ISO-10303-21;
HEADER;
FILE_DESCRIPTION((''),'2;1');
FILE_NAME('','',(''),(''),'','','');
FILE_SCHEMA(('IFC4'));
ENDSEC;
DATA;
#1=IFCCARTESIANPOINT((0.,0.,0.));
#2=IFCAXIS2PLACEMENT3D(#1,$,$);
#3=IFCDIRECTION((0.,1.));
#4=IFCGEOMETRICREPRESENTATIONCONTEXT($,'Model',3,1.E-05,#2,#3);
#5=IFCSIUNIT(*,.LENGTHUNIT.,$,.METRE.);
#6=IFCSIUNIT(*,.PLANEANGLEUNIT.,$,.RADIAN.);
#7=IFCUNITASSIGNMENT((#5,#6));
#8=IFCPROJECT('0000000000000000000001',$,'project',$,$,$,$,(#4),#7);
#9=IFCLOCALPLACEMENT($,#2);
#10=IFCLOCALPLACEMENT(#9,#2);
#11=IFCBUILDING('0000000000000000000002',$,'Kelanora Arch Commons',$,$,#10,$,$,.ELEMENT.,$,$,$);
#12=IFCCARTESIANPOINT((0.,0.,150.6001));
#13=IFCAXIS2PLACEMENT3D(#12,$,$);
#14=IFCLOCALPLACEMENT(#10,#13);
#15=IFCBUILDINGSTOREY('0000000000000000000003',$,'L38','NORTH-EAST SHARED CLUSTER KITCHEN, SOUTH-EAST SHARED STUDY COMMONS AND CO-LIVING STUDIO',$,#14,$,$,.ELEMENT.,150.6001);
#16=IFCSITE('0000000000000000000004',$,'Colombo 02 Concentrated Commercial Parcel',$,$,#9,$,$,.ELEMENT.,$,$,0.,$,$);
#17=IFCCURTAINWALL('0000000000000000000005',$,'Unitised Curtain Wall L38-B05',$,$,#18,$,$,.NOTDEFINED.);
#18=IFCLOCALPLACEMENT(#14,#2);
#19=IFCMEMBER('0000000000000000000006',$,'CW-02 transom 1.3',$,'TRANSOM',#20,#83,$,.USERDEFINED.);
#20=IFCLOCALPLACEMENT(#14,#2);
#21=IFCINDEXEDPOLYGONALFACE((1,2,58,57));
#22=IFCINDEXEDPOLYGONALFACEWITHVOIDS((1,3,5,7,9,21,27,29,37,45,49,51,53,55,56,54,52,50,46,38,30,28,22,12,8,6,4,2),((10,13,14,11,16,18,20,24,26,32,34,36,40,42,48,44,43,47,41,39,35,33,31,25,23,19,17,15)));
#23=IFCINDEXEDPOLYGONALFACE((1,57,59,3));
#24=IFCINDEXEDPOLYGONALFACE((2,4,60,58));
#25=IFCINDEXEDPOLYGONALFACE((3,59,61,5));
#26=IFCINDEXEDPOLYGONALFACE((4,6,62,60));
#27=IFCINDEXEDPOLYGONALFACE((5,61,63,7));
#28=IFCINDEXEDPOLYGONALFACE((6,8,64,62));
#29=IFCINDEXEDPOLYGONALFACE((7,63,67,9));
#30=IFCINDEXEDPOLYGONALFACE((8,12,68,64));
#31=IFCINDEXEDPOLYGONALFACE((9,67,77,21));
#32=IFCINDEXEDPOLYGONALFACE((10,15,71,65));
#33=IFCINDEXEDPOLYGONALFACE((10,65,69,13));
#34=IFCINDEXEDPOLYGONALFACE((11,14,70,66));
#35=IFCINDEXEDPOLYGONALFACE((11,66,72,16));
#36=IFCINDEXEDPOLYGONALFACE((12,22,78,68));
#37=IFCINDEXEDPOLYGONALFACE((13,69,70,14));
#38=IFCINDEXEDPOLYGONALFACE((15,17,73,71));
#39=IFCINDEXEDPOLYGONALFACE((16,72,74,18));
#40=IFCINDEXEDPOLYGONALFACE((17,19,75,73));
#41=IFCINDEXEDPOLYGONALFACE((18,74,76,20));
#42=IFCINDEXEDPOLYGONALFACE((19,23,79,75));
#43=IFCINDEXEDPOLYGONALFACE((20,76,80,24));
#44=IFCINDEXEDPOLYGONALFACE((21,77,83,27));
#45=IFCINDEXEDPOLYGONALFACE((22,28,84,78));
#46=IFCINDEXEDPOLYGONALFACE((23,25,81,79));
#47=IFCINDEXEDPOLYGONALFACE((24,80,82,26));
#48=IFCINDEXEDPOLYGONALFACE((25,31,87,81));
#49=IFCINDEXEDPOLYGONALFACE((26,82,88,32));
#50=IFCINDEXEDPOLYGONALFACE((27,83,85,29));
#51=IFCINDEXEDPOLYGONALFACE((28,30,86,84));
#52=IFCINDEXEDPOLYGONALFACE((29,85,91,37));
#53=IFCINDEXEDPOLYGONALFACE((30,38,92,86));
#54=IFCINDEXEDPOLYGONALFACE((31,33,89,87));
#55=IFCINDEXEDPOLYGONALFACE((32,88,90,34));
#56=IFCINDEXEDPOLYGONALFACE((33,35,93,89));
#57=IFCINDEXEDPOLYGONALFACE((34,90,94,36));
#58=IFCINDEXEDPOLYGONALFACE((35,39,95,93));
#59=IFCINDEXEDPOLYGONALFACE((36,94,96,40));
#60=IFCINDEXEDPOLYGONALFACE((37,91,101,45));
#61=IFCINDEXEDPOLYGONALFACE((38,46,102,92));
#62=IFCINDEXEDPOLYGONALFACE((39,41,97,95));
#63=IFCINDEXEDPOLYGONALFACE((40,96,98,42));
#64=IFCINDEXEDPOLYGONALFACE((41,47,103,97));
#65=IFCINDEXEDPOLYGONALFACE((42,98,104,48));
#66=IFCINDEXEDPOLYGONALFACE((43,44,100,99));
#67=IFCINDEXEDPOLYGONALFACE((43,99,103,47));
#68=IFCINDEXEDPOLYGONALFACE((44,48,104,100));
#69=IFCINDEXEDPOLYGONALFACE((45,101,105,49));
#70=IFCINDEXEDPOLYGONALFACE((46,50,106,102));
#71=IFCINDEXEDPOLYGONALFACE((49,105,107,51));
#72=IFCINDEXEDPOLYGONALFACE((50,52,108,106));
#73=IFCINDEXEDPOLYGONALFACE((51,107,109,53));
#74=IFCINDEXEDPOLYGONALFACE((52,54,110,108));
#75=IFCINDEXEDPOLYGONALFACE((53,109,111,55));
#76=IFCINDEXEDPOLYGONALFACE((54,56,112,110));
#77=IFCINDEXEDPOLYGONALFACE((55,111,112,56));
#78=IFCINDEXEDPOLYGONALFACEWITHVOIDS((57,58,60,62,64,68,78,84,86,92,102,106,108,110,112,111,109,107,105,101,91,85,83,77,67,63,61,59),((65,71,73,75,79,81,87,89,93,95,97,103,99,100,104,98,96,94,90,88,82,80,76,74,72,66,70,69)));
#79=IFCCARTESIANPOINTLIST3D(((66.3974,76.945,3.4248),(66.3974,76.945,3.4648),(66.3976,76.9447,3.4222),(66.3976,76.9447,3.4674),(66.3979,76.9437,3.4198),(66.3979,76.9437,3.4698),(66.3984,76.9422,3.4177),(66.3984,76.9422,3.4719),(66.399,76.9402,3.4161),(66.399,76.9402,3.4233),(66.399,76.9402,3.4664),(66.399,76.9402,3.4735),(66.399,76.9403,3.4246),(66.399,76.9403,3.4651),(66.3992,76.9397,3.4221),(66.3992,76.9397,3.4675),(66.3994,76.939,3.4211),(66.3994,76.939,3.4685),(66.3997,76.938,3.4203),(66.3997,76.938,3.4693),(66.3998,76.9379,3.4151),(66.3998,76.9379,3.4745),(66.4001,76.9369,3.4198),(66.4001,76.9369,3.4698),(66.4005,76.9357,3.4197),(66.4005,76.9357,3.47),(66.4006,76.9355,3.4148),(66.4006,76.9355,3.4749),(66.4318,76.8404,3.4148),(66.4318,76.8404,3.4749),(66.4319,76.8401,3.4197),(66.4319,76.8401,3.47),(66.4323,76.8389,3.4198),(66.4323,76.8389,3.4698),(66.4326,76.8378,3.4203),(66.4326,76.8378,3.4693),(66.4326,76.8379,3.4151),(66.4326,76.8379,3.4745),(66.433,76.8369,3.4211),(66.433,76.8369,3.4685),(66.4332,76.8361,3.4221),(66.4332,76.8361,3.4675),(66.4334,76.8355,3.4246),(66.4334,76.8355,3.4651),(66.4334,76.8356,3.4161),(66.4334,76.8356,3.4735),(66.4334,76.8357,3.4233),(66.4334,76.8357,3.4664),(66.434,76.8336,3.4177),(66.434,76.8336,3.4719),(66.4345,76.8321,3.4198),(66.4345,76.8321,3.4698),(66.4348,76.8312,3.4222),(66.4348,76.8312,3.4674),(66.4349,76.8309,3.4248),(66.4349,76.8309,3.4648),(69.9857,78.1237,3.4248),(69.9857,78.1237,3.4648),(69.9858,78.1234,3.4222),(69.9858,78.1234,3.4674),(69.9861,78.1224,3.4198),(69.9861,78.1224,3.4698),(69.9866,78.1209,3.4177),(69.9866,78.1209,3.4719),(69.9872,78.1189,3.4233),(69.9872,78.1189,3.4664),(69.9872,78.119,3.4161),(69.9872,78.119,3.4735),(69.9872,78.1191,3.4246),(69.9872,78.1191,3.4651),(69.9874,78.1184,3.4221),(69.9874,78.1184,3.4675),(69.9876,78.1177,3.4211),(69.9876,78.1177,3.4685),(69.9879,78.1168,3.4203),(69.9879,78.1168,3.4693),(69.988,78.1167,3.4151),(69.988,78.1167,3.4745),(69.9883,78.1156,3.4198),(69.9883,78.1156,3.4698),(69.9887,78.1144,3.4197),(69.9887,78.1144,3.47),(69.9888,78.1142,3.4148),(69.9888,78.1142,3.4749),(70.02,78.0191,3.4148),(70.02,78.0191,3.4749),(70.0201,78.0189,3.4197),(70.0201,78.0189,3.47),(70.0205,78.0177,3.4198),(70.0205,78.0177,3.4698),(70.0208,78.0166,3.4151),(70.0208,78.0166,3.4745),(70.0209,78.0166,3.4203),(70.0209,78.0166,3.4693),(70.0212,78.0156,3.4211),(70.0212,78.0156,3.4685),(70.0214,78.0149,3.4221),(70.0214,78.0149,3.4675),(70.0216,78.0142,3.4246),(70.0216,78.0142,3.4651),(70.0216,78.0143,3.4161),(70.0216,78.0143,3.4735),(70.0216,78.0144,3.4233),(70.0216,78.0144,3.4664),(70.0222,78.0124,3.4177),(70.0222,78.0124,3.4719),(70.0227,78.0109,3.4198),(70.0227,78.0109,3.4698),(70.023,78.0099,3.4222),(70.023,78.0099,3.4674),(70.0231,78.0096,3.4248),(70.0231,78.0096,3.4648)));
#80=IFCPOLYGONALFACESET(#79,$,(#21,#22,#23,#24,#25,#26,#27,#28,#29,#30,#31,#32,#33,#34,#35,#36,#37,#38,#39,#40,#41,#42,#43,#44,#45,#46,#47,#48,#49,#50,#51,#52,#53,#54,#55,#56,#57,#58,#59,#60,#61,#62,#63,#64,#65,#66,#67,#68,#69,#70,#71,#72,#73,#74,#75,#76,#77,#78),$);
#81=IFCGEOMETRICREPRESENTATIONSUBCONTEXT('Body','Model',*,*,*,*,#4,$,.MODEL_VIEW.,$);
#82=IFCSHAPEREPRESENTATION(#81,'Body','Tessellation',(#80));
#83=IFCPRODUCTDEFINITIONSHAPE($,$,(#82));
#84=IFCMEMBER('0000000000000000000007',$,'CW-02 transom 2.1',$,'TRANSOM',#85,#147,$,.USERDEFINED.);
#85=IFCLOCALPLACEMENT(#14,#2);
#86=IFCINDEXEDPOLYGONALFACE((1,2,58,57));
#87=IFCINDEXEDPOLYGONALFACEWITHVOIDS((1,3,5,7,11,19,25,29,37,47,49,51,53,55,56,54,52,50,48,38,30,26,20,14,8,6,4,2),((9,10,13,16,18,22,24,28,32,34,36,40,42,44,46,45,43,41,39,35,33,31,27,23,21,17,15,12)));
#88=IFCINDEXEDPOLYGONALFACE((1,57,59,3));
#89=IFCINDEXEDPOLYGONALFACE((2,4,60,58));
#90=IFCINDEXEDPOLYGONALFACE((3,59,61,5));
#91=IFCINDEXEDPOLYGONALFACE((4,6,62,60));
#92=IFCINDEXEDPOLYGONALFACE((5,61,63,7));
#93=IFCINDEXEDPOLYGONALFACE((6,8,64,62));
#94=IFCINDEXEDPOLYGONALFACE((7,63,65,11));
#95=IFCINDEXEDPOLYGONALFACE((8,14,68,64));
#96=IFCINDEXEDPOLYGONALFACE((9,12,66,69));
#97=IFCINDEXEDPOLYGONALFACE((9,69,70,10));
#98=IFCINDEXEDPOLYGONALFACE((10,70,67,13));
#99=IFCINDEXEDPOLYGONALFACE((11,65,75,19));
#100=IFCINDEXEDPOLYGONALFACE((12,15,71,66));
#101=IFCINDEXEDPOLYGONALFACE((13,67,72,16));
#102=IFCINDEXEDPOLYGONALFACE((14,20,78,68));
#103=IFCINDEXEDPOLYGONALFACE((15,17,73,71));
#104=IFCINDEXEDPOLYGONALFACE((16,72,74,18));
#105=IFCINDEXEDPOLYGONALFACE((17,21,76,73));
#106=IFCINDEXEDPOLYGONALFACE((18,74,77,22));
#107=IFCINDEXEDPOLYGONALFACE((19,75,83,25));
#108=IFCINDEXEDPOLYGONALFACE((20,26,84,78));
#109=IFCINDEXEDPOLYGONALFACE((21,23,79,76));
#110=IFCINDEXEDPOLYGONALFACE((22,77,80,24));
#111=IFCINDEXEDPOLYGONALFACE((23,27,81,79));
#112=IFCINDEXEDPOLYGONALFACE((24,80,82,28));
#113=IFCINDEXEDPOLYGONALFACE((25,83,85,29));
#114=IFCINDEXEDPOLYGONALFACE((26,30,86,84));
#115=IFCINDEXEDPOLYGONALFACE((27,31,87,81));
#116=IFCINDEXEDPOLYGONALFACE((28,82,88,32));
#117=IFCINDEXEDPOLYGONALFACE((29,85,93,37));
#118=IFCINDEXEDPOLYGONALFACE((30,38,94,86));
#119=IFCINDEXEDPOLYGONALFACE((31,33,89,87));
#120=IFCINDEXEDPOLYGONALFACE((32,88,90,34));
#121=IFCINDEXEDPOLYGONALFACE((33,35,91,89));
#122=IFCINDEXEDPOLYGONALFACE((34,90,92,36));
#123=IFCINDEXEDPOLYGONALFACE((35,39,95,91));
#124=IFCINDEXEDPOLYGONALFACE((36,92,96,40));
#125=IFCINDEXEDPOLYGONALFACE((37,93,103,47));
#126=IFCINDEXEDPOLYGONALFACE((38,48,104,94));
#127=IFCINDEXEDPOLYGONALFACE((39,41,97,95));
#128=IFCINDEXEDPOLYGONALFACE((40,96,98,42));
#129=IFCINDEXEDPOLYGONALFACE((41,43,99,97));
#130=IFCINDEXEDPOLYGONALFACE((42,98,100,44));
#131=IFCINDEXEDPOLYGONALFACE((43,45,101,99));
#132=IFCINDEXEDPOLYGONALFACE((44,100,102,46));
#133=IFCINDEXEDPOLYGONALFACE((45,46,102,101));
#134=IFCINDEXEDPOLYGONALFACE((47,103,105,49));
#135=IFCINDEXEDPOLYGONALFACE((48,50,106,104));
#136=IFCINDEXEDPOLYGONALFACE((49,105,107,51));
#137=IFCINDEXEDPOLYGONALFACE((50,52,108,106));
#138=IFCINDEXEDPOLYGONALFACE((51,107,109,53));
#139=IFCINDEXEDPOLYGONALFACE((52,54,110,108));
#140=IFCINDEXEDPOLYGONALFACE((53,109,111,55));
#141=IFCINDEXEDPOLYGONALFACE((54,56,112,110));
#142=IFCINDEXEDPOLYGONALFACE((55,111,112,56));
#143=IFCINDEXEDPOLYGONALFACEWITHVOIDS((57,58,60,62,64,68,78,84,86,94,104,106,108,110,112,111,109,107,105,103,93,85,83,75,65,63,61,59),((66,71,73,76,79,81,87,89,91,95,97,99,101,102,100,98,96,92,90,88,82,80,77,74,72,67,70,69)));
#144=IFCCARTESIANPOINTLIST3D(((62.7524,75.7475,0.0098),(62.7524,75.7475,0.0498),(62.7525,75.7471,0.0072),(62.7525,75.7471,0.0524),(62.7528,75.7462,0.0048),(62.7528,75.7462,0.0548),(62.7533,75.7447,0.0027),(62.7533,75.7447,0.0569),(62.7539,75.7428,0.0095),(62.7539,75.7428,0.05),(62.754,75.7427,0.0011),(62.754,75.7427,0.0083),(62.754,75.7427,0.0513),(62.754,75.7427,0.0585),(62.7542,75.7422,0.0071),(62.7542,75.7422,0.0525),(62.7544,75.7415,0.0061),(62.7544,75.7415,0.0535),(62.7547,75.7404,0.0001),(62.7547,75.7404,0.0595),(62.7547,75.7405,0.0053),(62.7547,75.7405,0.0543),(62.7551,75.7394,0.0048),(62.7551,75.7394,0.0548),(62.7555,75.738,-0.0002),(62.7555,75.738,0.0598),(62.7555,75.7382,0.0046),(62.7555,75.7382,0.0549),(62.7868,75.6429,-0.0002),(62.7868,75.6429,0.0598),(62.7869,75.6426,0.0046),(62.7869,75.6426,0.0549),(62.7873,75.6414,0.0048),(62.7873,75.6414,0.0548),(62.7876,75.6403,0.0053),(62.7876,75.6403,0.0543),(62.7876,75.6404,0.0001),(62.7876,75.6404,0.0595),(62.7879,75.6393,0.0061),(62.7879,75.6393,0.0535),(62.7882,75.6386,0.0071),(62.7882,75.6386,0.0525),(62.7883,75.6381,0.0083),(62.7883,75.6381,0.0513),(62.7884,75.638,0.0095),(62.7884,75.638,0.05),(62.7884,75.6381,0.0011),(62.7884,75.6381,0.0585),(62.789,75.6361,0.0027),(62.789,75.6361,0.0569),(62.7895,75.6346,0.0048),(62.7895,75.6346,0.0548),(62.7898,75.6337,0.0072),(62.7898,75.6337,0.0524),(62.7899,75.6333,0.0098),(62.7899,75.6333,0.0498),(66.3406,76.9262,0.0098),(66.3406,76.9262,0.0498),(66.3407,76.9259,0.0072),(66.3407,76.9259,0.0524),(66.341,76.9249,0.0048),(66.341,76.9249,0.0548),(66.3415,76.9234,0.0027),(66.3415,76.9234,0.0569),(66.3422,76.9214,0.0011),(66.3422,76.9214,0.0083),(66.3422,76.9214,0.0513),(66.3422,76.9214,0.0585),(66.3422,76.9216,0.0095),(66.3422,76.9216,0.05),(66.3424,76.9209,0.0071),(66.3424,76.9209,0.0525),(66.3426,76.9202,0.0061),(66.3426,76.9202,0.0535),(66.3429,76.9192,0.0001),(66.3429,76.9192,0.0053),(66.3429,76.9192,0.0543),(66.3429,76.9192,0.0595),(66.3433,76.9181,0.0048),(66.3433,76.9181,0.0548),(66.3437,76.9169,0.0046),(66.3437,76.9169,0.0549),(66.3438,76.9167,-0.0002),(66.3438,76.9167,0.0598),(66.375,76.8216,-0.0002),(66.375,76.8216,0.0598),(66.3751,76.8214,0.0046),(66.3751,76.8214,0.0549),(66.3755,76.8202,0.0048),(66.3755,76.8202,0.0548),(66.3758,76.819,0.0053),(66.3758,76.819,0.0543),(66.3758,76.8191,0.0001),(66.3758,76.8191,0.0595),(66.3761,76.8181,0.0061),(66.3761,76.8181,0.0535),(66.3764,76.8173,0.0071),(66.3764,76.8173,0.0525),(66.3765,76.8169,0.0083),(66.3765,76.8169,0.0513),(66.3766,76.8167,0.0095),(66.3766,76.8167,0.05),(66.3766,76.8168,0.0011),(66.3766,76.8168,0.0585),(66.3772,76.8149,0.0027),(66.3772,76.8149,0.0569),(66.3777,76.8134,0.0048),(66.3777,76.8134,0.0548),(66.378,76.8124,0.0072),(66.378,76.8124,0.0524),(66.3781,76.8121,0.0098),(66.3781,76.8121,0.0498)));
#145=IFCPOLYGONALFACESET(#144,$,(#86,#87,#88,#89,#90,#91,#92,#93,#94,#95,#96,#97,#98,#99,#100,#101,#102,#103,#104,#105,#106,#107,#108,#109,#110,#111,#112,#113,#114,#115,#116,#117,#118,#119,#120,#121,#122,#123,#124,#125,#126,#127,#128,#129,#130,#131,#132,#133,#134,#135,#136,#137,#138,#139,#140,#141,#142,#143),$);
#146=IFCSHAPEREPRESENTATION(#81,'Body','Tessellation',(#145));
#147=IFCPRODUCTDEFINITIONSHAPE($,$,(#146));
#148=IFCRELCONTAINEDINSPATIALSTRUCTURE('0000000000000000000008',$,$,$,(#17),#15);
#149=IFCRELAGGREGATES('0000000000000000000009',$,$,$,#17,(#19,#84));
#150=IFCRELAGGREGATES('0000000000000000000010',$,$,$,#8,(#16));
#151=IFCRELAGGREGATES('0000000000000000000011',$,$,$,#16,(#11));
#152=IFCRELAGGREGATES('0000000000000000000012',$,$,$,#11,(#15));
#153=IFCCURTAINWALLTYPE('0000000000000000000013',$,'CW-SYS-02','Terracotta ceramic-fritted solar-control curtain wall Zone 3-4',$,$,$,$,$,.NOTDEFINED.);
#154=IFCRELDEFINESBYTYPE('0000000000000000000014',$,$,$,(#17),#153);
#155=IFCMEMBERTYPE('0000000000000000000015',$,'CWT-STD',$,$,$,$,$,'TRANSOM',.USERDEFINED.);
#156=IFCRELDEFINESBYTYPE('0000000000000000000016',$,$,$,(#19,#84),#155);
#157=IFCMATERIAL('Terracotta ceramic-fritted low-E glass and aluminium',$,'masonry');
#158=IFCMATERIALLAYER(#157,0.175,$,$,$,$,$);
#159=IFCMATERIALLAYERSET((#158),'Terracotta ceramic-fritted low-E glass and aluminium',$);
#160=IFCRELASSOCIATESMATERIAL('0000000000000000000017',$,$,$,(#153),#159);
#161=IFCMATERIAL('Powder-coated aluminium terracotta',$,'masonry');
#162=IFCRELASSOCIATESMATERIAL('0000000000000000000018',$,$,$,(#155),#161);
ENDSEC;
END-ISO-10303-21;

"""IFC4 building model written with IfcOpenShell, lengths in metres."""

from ifc_helpers import new_model, si_unit, direction, frame, origin, origin_2d, place, context, subcontext, project, spatial, hollow_rectangle, extrude, material, layer, layer_set, material_profile, profile_set, type_object, element, aggregate, save


model = new_model("IFC4")

# Units and contexts
model_context = context("Model", 3, precision=1e-05, world=origin(), true_north=direction((0.0, 1.0)))
body_context = subcontext(model_context, "Body", "Model", "MODEL_VIEW")
ifc_project = project(units=[si_unit("LENGTHUNIT", "METRE"), si_unit("PLANEANGLEUNIT", "RADIAN")], contexts=[model_context])

# Site, building, storey
site_placement = place(None, origin())
site = spatial("IfcSite", under=ifc_project, at=site_placement, Name="Colombo 02 Concentrated Commercial Parcel", CompositionType="ELEMENT", RefElevation=0.0)
building_placement = place(site_placement, origin())
building = spatial("IfcBuilding", under=site, at=building_placement, Name="Kelanora Arch Commons", CompositionType="ELEMENT")
storey_placement = place(building_placement, frame((0.0, 0.0, 150.6001)))
storey = spatial("IfcBuildingStorey", under=building, at=storey_placement, Name="L38", Description="NORTH-EAST SHARED CLUSTER KITCHEN, SOUTH-EAST SHARED STUDY COMMONS AND CO-LIVING STUDIO", CompositionType="ELEMENT", Elevation=150.6001)

# Curtain wall, members
ifc_material_1 = material(Name="Terracotta ceramic-fritted low-E glass and aluminium", Category="masonry")
ifc_layer_1 = layer(ifc_material_1, 0.175)
ifc_layer_set_1 = layer_set([ifc_layer_1], Name="Terracotta ceramic-fritted low-E glass and aluminium")
curtain_wall_type = type_object("IfcCurtainWallType", Name="CW-SYS-02", Description="Terracotta ceramic-fritted solar-control curtain wall Zone 3-4", PredefinedType="NOTDEFINED", material=ifc_layer_set_1)
curtain_wall_placement = place(storey_placement, origin())
curtain_wall = element("IfcCurtainWall", 1, at=curtain_wall_placement, inside=storey, type_object=curtain_wall_type, Name="Unitised Curtain Wall L38-B05", PredefinedType="NOTDEFINED")
ifc_material_2 = material(Name="Powder-coated aluminium terracotta", Category="masonry")
ifc_material_profile_1 = material_profile(ifc_material_2, hollow_rectangle(XDim=0.1201, YDim=0.0601, WallThickness=0.0049, InnerFilletRadius=0.0049, OuterFilletRadius=0.01, at=origin_2d()), Name="CWT120x60")
ifc_profile_set_1 = profile_set([ifc_material_profile_1], Name="Powder-coated aluminium terracotta")
member_type_1 = type_object("IfcMemberType", Name="CWT-STD", ElementType="TRANSOM", PredefinedType="USERDEFINED", material=ifc_profile_set_1)
member_1_placement = place(storey_placement, frame((70.0044, 78.0667, 3.4448), z_axis=(-0.950051, -0.312094, 0.0), x_axis=(0.312094, -0.950051, 0.0)))
member_1 = element("IfcMember", 2, at=member_1_placement, type_object=member_type_1, Name="CW-02 transom 1.3", ObjectType="TRANSOM", PredefinedType="USERDEFINED", context=body_context, shape_type="SweptSolid", body=[
    extrude(hollow_rectangle(XDim=0.1201, YDim=0.0601, WallThickness=0.0049, InnerFilletRadius=0.0049, OuterFilletRadius=0.01, at=origin_2d()), origin(), (0.0, 0.0, 1.0), 3.7769),
])
member_2_placement = place(storey_placement, frame((66.3594, 76.8691, 0.0298), z_axis=(-0.950051, -0.312094, 0.0), x_axis=(0.312094, -0.950051, 0.0)))
member_2 = element("IfcMember", 3, at=member_2_placement, type_object=member_type_1, Name="CW-02 transom 2.1", ObjectType="TRANSOM", PredefinedType="USERDEFINED", context=body_context, shape_type="SweptSolid", body=[
    extrude(hollow_rectangle(XDim=0.1201, YDim=0.0601, WallThickness=0.0049, InnerFilletRadius=0.0049, OuterFilletRadius=0.01, at=origin_2d()), origin(), (0.0, 0.0, 1.0), 3.7769),
])
aggregate(curtain_wall, [member_1, member_2])

save(model, "model.ifc")
